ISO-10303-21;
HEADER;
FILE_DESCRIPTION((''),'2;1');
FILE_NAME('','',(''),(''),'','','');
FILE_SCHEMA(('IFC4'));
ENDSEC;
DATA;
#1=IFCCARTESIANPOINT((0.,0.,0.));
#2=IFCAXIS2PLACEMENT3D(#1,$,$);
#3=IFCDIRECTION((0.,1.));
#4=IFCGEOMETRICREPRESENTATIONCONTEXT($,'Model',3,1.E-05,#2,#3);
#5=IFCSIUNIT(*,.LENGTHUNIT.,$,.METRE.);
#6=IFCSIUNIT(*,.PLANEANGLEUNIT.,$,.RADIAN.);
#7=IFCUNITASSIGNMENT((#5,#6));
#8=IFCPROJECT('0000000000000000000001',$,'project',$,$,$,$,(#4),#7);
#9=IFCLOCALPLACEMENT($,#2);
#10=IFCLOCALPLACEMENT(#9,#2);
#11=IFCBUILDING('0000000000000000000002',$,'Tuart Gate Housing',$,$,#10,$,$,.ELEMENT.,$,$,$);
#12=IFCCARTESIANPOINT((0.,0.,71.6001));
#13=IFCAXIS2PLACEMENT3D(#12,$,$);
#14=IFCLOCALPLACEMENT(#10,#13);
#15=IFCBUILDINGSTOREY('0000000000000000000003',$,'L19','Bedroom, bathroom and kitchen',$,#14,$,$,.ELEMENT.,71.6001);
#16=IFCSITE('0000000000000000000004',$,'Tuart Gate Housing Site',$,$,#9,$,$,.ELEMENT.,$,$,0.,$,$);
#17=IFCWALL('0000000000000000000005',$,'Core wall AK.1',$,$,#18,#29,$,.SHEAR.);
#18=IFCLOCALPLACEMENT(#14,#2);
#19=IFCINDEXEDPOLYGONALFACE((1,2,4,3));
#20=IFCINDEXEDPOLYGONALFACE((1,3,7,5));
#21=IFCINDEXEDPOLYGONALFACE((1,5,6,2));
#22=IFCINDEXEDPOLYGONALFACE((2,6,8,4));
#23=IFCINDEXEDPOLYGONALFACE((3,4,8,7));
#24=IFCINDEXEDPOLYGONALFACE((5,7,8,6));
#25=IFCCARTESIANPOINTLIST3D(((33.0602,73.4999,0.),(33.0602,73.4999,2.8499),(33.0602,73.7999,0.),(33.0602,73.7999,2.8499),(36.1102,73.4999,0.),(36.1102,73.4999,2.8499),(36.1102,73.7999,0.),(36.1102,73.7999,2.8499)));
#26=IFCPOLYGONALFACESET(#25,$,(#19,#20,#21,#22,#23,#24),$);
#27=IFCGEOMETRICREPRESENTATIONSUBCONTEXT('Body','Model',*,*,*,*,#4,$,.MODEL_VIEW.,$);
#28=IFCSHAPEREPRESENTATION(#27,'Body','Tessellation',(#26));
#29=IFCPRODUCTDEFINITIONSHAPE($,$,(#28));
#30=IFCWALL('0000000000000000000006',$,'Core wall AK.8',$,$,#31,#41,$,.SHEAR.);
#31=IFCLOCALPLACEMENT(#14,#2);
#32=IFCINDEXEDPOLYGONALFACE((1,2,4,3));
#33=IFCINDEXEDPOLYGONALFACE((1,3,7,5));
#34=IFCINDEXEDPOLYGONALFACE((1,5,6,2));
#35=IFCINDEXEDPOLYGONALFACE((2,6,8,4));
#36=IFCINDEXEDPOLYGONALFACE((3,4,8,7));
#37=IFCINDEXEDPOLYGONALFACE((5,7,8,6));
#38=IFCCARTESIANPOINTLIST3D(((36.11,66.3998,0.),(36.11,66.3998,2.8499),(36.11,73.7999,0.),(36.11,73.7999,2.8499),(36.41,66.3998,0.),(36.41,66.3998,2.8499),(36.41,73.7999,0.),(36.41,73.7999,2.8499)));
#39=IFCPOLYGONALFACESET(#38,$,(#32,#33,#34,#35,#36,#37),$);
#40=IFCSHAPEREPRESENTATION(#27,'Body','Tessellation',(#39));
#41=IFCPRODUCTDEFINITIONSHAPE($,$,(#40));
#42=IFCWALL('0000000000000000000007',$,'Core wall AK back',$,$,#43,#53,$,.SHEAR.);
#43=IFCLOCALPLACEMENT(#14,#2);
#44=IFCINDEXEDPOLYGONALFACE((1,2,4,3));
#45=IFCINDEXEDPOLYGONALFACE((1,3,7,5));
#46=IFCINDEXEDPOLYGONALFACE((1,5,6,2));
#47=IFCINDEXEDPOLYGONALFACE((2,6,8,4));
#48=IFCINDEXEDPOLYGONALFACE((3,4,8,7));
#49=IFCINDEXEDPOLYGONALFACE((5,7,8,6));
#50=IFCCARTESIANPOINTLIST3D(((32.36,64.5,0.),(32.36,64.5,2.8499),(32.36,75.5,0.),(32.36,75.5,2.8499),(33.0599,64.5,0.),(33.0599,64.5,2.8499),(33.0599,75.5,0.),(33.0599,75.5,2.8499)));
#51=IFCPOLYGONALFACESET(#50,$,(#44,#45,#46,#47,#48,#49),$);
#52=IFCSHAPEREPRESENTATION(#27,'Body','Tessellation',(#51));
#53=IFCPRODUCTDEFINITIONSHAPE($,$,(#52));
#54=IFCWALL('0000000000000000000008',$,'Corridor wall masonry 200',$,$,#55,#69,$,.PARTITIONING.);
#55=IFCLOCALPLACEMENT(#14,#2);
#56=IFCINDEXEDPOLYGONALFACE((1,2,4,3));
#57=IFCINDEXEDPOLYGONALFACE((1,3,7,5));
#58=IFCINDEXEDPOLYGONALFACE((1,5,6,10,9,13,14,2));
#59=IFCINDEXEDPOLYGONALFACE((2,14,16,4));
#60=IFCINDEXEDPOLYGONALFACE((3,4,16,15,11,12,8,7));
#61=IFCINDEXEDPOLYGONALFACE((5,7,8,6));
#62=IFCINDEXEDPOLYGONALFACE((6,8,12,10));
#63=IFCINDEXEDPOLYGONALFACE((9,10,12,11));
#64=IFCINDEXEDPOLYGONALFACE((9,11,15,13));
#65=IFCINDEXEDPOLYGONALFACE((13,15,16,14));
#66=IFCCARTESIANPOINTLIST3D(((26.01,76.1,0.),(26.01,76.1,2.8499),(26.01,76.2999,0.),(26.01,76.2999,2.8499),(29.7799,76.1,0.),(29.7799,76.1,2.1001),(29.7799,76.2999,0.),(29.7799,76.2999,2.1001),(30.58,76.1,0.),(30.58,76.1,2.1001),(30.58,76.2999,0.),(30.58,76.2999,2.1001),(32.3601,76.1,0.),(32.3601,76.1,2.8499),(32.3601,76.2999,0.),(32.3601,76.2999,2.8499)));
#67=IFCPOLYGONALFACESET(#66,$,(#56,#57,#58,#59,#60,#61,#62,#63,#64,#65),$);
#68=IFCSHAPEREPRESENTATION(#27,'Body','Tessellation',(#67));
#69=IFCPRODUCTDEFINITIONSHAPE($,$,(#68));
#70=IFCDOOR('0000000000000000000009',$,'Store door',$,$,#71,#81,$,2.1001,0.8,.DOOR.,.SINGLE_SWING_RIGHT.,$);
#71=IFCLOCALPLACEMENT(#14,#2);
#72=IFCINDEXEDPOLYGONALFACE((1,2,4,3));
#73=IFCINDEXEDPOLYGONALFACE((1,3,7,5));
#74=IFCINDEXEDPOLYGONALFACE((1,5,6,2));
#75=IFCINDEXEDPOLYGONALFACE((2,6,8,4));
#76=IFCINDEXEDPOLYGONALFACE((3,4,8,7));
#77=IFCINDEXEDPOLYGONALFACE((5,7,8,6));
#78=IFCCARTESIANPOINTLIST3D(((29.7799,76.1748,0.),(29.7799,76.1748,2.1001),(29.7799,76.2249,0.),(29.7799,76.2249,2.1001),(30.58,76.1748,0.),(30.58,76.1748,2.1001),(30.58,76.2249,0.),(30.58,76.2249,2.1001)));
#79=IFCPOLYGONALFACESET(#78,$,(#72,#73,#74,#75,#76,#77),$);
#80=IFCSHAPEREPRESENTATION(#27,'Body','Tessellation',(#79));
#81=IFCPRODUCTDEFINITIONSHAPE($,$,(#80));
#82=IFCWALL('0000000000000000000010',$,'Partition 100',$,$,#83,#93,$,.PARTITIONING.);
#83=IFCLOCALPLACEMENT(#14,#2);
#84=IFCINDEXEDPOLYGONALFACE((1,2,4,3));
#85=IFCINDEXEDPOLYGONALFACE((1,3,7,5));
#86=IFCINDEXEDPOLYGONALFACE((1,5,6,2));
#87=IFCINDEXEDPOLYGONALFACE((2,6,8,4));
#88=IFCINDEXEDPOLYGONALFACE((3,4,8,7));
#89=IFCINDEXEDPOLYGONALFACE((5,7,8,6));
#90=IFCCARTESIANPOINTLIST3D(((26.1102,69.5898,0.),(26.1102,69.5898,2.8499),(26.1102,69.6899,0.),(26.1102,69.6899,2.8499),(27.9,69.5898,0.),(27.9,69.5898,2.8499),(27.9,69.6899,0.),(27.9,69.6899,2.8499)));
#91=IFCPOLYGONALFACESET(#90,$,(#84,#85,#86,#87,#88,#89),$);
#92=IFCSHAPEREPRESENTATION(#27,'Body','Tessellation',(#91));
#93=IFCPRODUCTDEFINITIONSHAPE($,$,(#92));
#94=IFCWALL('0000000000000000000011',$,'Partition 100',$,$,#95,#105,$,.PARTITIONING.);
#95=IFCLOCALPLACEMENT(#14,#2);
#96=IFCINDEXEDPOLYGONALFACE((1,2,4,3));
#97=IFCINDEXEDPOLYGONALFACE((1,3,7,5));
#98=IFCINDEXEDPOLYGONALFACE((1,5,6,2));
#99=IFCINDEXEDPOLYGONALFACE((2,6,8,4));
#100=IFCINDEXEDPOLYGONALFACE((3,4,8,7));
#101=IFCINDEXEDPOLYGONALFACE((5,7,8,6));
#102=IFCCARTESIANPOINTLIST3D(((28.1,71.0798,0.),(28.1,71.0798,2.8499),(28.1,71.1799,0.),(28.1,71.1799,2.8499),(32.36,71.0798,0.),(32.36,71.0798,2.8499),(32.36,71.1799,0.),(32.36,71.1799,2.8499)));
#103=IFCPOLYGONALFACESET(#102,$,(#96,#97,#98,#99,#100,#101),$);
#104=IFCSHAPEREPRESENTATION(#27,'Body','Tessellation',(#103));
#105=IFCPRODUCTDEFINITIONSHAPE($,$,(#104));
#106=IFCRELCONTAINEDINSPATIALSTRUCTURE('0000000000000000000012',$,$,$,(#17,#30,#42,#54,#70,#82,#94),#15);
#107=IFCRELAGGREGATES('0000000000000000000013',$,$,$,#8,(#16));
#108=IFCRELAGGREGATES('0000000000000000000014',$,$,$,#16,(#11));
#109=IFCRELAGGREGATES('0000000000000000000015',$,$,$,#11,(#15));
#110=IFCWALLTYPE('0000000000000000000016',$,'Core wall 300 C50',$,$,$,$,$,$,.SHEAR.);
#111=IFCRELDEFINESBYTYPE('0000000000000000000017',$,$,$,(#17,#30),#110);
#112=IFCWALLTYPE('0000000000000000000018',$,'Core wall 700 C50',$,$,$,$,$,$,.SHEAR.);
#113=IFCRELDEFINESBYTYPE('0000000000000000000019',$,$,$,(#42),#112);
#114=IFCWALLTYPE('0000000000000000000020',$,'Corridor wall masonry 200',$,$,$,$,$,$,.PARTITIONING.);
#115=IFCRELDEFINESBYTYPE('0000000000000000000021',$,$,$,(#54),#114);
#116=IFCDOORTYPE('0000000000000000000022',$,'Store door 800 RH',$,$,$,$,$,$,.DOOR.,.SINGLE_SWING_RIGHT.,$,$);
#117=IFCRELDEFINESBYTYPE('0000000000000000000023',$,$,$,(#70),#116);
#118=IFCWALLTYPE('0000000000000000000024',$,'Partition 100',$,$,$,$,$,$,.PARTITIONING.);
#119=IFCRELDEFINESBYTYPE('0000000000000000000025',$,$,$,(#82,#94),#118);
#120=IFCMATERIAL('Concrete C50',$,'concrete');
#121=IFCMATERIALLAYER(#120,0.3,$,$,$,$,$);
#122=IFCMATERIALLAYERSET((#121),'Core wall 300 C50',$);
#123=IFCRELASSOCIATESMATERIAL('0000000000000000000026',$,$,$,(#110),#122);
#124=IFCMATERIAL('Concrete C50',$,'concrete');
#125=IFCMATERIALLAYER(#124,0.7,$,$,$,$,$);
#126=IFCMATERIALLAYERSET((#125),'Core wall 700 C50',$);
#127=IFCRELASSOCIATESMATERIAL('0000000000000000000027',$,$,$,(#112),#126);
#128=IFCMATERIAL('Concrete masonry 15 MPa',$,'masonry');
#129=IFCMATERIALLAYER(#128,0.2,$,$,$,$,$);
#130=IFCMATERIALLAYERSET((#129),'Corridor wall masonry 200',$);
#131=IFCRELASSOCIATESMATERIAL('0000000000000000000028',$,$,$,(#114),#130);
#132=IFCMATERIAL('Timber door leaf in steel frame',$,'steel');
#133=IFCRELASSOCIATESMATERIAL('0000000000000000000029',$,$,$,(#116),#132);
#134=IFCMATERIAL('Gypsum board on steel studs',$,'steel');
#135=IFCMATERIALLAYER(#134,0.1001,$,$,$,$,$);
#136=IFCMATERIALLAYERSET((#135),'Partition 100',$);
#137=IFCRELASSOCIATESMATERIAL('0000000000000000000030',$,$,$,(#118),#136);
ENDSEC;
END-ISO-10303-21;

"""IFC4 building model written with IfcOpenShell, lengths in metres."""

from ifc_helpers import new_model, si_unit, direction, frame, frame_2d, origin, place, context, subcontext, project, spatial, rectangle, extrude, material, layer, layer_set, type_object, element, fill, save


model = new_model("IFC4")

# Units and contexts
model_context = context("Model", 3, precision=1e-05, world=origin(), true_north=direction((0.0, 1.0)))
body_context = subcontext(model_context, "Body", "Model", "MODEL_VIEW")
ifc_project = project(units=[si_unit("LENGTHUNIT", "METRE"), si_unit("PLANEANGLEUNIT", "RADIAN")], contexts=[model_context])

# Site, building, storey
site_placement = place(None, origin())
site = spatial("IfcSite", under=ifc_project, at=site_placement, Name="Tuart Gate Housing Site", CompositionType="ELEMENT", RefElevation=0.0)
building_placement = place(site_placement, origin())
building = spatial("IfcBuilding", under=site, at=building_placement, Name="Tuart Gate Housing", CompositionType="ELEMENT")
storey_placement = place(building_placement, frame((0.0, 0.0, 71.6001)))
storey = spatial("IfcBuildingStorey", under=building, at=storey_placement, Name="L19", Description="Bedroom, bathroom and kitchen", CompositionType="ELEMENT", Elevation=71.6001)

# Walls
ifc_material_1 = material(Name="Concrete C50", Category="concrete")
ifc_layer_1 = layer(ifc_material_1, 0.3)
ifc_layer_set_1 = layer_set([ifc_layer_1], Name="Core wall 300 C50")
wall_type_1 = type_object("IfcWallType", Name="Core wall 300 C50", PredefinedType="SHEAR", material=ifc_layer_set_1)
wall_1_placement = place(storey_placement, frame((36.1101, 73.6499, 0.0), z_axis=(0.0, 0.0, 1.0), x_axis=(-1.0, 0.0, 0.0)))
element("IfcWall", 1, at=wall_1_placement, inside=storey, type_object=wall_type_1, Name="Core wall AK.1", PredefinedType="SHEAR", context=body_context, shape_type="SweptSolid", body=[
    extrude(rectangle(XDim=3.05, YDim=0.3, at=frame_2d((1.5249, 0.0))), origin(), (0.0, 0.0, 1.0), 2.8499),
])
wall_2_placement = place(storey_placement, frame((36.26, 73.8, 0.0), z_axis=(0.0, 0.0, 1.0), x_axis=(0.0, -1.0, 0.0)))
element("IfcWall", 2, at=wall_2_placement, inside=storey, type_object=wall_type_1, Name="Core wall AK.8", PredefinedType="SHEAR", context=body_context, shape_type="SweptSolid", body=[
    extrude(rectangle(XDim=7.4001, YDim=0.3, at=frame_2d((3.7002, 0.0))), origin(), (0.0, 0.0, 1.0), 2.8499),
])
ifc_material_2 = material(Name="Concrete C50", Category="concrete")
ifc_layer_2 = layer(ifc_material_2, 0.7)
ifc_layer_set_2 = layer_set([ifc_layer_2], Name="Core wall 700 C50")
wall_type_2 = type_object("IfcWallType", Name="Core wall 700 C50", PredefinedType="SHEAR", material=ifc_layer_set_2)
wall_3_placement = place(storey_placement, frame((32.71, 75.5, 0.0), z_axis=(0.0, 0.0, 1.0), x_axis=(0.0, -1.0, 0.0)))
element("IfcWall", 3, at=wall_3_placement, inside=storey, type_object=wall_type_2, Name="Core wall AK back", PredefinedType="SHEAR", context=body_context, shape_type="SweptSolid", body=[
    extrude(rectangle(XDim=11.0, YDim=0.7, at=frame_2d((5.5, 0.0))), origin(), (0.0, 0.0, 1.0), 2.8499),
])

# Wall, opening, door
ifc_material_3 = material(Name="Concrete masonry 15 MPa", Category="masonry")
ifc_layer_3 = layer(ifc_material_3, 0.2)
ifc_layer_set_3 = layer_set([ifc_layer_3], Name="Corridor wall masonry 200")
wall_type_3 = type_object("IfcWallType", Name="Corridor wall masonry 200", PredefinedType="PARTITIONING", material=ifc_layer_set_3)
wall_4_placement = place(storey_placement, frame((26.01, 76.2, 0.0), z_axis=(0.0, 0.0, 1.0), x_axis=(1.0, 0.0, 0.0)))
wall_4 = element("IfcWall", 4, at=wall_4_placement, inside=storey, type_object=wall_type_3, Name="Corridor wall masonry 200", PredefinedType="PARTITIONING", context=body_context, shape_type="SweptSolid", body=[
    extrude(rectangle(XDim=6.3501, YDim=0.2, at=frame_2d((3.175, 0.0))), origin(), (0.0, 0.0, 1.0), 2.8499),
])
opening_placement = place(wall_4_placement, frame((3.77, 0.0, 0.0)))
opening = element("IfcOpeningElement", 5, at=opening_placement, cuts=wall_4, PredefinedType="OPENING", context=body_context, shape_type="SweptSolid", body=[
    extrude(rectangle(XDim=0.8, YDim=2.1001, at=frame_2d((0.3999, 1.05))), frame((0.0, 0.1099, 0.0), z_axis=(0.0, -1.0, 0.0), x_axis=(1.0, 0.0, 0.0)), (0.0, 0.0, 1.0), 0.22),
])
ifc_material_4 = material(Name="Timber door leaf in steel frame", Category="steel")
door_type = type_object("IfcDoorType", Name="Store door 800 RH", OperationType="SINGLE_SWING_RIGHT", PredefinedType="DOOR", material=ifc_material_4)
door_placement = place(opening_placement, frame((0.8, 0.0, 0.0), z_axis=(0.0, 0.0, 1.0), x_axis=(-1.0, 0.0, 0.0)))
door = element("IfcDoor", 6, at=door_placement, inside=storey, type_object=door_type, Name="Store door", OperationType="SINGLE_SWING_RIGHT", OverallHeight=2.1001, OverallWidth=0.8, PredefinedType="DOOR", context=body_context, shape_type="SweptSolid", body=[
    extrude(rectangle(XDim=0.8, YDim=2.1001, at=frame_2d((0.4001, 1.05))), frame((0.0, 0.0251, 0.0), z_axis=(0.0, -1.0, 0.0), x_axis=(1.0, 0.0, 0.0)), (0.0, 0.0, 1.0), 0.05),
])
fill(opening, door)

# Walls
ifc_material_5 = material(Name="Gypsum board on steel studs", Category="steel")
ifc_layer_4 = layer(ifc_material_5, 0.1001)
ifc_layer_set_4 = layer_set([ifc_layer_4], Name="Partition 100")
wall_type_4 = type_object("IfcWallType", Name="Partition 100", PredefinedType="PARTITIONING", material=ifc_layer_set_4)
wall_5_placement = place(storey_placement, frame((26.1101, 69.6399, 0.0), z_axis=(0.0, 0.0, 1.0), x_axis=(1.0, 0.0, 0.0)))
element("IfcWall", 7, at=wall_5_placement, inside=storey, type_object=wall_type_4, Name="Partition 100", PredefinedType="PARTITIONING", context=body_context, shape_type="SweptSolid", body=[
    extrude(rectangle(XDim=1.7898, YDim=0.1001, at=frame_2d((0.895, 0.0))), origin(), (0.0, 0.0, 1.0), 2.8499),
])
wall_6_placement = place(storey_placement, frame((28.1001, 71.1299, 0.0), z_axis=(0.0, 0.0, 1.0), x_axis=(1.0, 0.0, 0.0)))
element("IfcWall", 8, at=wall_6_placement, inside=storey, type_object=wall_type_4, Name="Partition 100", PredefinedType="PARTITIONING", context=body_context, shape_type="SweptSolid", body=[
    extrude(rectangle(XDim=4.26, YDim=0.1001, at=frame_2d((2.1299, 0.0))), origin(), (0.0, 0.0, 1.0), 2.8499),
])

save(model, "model.ifc")
